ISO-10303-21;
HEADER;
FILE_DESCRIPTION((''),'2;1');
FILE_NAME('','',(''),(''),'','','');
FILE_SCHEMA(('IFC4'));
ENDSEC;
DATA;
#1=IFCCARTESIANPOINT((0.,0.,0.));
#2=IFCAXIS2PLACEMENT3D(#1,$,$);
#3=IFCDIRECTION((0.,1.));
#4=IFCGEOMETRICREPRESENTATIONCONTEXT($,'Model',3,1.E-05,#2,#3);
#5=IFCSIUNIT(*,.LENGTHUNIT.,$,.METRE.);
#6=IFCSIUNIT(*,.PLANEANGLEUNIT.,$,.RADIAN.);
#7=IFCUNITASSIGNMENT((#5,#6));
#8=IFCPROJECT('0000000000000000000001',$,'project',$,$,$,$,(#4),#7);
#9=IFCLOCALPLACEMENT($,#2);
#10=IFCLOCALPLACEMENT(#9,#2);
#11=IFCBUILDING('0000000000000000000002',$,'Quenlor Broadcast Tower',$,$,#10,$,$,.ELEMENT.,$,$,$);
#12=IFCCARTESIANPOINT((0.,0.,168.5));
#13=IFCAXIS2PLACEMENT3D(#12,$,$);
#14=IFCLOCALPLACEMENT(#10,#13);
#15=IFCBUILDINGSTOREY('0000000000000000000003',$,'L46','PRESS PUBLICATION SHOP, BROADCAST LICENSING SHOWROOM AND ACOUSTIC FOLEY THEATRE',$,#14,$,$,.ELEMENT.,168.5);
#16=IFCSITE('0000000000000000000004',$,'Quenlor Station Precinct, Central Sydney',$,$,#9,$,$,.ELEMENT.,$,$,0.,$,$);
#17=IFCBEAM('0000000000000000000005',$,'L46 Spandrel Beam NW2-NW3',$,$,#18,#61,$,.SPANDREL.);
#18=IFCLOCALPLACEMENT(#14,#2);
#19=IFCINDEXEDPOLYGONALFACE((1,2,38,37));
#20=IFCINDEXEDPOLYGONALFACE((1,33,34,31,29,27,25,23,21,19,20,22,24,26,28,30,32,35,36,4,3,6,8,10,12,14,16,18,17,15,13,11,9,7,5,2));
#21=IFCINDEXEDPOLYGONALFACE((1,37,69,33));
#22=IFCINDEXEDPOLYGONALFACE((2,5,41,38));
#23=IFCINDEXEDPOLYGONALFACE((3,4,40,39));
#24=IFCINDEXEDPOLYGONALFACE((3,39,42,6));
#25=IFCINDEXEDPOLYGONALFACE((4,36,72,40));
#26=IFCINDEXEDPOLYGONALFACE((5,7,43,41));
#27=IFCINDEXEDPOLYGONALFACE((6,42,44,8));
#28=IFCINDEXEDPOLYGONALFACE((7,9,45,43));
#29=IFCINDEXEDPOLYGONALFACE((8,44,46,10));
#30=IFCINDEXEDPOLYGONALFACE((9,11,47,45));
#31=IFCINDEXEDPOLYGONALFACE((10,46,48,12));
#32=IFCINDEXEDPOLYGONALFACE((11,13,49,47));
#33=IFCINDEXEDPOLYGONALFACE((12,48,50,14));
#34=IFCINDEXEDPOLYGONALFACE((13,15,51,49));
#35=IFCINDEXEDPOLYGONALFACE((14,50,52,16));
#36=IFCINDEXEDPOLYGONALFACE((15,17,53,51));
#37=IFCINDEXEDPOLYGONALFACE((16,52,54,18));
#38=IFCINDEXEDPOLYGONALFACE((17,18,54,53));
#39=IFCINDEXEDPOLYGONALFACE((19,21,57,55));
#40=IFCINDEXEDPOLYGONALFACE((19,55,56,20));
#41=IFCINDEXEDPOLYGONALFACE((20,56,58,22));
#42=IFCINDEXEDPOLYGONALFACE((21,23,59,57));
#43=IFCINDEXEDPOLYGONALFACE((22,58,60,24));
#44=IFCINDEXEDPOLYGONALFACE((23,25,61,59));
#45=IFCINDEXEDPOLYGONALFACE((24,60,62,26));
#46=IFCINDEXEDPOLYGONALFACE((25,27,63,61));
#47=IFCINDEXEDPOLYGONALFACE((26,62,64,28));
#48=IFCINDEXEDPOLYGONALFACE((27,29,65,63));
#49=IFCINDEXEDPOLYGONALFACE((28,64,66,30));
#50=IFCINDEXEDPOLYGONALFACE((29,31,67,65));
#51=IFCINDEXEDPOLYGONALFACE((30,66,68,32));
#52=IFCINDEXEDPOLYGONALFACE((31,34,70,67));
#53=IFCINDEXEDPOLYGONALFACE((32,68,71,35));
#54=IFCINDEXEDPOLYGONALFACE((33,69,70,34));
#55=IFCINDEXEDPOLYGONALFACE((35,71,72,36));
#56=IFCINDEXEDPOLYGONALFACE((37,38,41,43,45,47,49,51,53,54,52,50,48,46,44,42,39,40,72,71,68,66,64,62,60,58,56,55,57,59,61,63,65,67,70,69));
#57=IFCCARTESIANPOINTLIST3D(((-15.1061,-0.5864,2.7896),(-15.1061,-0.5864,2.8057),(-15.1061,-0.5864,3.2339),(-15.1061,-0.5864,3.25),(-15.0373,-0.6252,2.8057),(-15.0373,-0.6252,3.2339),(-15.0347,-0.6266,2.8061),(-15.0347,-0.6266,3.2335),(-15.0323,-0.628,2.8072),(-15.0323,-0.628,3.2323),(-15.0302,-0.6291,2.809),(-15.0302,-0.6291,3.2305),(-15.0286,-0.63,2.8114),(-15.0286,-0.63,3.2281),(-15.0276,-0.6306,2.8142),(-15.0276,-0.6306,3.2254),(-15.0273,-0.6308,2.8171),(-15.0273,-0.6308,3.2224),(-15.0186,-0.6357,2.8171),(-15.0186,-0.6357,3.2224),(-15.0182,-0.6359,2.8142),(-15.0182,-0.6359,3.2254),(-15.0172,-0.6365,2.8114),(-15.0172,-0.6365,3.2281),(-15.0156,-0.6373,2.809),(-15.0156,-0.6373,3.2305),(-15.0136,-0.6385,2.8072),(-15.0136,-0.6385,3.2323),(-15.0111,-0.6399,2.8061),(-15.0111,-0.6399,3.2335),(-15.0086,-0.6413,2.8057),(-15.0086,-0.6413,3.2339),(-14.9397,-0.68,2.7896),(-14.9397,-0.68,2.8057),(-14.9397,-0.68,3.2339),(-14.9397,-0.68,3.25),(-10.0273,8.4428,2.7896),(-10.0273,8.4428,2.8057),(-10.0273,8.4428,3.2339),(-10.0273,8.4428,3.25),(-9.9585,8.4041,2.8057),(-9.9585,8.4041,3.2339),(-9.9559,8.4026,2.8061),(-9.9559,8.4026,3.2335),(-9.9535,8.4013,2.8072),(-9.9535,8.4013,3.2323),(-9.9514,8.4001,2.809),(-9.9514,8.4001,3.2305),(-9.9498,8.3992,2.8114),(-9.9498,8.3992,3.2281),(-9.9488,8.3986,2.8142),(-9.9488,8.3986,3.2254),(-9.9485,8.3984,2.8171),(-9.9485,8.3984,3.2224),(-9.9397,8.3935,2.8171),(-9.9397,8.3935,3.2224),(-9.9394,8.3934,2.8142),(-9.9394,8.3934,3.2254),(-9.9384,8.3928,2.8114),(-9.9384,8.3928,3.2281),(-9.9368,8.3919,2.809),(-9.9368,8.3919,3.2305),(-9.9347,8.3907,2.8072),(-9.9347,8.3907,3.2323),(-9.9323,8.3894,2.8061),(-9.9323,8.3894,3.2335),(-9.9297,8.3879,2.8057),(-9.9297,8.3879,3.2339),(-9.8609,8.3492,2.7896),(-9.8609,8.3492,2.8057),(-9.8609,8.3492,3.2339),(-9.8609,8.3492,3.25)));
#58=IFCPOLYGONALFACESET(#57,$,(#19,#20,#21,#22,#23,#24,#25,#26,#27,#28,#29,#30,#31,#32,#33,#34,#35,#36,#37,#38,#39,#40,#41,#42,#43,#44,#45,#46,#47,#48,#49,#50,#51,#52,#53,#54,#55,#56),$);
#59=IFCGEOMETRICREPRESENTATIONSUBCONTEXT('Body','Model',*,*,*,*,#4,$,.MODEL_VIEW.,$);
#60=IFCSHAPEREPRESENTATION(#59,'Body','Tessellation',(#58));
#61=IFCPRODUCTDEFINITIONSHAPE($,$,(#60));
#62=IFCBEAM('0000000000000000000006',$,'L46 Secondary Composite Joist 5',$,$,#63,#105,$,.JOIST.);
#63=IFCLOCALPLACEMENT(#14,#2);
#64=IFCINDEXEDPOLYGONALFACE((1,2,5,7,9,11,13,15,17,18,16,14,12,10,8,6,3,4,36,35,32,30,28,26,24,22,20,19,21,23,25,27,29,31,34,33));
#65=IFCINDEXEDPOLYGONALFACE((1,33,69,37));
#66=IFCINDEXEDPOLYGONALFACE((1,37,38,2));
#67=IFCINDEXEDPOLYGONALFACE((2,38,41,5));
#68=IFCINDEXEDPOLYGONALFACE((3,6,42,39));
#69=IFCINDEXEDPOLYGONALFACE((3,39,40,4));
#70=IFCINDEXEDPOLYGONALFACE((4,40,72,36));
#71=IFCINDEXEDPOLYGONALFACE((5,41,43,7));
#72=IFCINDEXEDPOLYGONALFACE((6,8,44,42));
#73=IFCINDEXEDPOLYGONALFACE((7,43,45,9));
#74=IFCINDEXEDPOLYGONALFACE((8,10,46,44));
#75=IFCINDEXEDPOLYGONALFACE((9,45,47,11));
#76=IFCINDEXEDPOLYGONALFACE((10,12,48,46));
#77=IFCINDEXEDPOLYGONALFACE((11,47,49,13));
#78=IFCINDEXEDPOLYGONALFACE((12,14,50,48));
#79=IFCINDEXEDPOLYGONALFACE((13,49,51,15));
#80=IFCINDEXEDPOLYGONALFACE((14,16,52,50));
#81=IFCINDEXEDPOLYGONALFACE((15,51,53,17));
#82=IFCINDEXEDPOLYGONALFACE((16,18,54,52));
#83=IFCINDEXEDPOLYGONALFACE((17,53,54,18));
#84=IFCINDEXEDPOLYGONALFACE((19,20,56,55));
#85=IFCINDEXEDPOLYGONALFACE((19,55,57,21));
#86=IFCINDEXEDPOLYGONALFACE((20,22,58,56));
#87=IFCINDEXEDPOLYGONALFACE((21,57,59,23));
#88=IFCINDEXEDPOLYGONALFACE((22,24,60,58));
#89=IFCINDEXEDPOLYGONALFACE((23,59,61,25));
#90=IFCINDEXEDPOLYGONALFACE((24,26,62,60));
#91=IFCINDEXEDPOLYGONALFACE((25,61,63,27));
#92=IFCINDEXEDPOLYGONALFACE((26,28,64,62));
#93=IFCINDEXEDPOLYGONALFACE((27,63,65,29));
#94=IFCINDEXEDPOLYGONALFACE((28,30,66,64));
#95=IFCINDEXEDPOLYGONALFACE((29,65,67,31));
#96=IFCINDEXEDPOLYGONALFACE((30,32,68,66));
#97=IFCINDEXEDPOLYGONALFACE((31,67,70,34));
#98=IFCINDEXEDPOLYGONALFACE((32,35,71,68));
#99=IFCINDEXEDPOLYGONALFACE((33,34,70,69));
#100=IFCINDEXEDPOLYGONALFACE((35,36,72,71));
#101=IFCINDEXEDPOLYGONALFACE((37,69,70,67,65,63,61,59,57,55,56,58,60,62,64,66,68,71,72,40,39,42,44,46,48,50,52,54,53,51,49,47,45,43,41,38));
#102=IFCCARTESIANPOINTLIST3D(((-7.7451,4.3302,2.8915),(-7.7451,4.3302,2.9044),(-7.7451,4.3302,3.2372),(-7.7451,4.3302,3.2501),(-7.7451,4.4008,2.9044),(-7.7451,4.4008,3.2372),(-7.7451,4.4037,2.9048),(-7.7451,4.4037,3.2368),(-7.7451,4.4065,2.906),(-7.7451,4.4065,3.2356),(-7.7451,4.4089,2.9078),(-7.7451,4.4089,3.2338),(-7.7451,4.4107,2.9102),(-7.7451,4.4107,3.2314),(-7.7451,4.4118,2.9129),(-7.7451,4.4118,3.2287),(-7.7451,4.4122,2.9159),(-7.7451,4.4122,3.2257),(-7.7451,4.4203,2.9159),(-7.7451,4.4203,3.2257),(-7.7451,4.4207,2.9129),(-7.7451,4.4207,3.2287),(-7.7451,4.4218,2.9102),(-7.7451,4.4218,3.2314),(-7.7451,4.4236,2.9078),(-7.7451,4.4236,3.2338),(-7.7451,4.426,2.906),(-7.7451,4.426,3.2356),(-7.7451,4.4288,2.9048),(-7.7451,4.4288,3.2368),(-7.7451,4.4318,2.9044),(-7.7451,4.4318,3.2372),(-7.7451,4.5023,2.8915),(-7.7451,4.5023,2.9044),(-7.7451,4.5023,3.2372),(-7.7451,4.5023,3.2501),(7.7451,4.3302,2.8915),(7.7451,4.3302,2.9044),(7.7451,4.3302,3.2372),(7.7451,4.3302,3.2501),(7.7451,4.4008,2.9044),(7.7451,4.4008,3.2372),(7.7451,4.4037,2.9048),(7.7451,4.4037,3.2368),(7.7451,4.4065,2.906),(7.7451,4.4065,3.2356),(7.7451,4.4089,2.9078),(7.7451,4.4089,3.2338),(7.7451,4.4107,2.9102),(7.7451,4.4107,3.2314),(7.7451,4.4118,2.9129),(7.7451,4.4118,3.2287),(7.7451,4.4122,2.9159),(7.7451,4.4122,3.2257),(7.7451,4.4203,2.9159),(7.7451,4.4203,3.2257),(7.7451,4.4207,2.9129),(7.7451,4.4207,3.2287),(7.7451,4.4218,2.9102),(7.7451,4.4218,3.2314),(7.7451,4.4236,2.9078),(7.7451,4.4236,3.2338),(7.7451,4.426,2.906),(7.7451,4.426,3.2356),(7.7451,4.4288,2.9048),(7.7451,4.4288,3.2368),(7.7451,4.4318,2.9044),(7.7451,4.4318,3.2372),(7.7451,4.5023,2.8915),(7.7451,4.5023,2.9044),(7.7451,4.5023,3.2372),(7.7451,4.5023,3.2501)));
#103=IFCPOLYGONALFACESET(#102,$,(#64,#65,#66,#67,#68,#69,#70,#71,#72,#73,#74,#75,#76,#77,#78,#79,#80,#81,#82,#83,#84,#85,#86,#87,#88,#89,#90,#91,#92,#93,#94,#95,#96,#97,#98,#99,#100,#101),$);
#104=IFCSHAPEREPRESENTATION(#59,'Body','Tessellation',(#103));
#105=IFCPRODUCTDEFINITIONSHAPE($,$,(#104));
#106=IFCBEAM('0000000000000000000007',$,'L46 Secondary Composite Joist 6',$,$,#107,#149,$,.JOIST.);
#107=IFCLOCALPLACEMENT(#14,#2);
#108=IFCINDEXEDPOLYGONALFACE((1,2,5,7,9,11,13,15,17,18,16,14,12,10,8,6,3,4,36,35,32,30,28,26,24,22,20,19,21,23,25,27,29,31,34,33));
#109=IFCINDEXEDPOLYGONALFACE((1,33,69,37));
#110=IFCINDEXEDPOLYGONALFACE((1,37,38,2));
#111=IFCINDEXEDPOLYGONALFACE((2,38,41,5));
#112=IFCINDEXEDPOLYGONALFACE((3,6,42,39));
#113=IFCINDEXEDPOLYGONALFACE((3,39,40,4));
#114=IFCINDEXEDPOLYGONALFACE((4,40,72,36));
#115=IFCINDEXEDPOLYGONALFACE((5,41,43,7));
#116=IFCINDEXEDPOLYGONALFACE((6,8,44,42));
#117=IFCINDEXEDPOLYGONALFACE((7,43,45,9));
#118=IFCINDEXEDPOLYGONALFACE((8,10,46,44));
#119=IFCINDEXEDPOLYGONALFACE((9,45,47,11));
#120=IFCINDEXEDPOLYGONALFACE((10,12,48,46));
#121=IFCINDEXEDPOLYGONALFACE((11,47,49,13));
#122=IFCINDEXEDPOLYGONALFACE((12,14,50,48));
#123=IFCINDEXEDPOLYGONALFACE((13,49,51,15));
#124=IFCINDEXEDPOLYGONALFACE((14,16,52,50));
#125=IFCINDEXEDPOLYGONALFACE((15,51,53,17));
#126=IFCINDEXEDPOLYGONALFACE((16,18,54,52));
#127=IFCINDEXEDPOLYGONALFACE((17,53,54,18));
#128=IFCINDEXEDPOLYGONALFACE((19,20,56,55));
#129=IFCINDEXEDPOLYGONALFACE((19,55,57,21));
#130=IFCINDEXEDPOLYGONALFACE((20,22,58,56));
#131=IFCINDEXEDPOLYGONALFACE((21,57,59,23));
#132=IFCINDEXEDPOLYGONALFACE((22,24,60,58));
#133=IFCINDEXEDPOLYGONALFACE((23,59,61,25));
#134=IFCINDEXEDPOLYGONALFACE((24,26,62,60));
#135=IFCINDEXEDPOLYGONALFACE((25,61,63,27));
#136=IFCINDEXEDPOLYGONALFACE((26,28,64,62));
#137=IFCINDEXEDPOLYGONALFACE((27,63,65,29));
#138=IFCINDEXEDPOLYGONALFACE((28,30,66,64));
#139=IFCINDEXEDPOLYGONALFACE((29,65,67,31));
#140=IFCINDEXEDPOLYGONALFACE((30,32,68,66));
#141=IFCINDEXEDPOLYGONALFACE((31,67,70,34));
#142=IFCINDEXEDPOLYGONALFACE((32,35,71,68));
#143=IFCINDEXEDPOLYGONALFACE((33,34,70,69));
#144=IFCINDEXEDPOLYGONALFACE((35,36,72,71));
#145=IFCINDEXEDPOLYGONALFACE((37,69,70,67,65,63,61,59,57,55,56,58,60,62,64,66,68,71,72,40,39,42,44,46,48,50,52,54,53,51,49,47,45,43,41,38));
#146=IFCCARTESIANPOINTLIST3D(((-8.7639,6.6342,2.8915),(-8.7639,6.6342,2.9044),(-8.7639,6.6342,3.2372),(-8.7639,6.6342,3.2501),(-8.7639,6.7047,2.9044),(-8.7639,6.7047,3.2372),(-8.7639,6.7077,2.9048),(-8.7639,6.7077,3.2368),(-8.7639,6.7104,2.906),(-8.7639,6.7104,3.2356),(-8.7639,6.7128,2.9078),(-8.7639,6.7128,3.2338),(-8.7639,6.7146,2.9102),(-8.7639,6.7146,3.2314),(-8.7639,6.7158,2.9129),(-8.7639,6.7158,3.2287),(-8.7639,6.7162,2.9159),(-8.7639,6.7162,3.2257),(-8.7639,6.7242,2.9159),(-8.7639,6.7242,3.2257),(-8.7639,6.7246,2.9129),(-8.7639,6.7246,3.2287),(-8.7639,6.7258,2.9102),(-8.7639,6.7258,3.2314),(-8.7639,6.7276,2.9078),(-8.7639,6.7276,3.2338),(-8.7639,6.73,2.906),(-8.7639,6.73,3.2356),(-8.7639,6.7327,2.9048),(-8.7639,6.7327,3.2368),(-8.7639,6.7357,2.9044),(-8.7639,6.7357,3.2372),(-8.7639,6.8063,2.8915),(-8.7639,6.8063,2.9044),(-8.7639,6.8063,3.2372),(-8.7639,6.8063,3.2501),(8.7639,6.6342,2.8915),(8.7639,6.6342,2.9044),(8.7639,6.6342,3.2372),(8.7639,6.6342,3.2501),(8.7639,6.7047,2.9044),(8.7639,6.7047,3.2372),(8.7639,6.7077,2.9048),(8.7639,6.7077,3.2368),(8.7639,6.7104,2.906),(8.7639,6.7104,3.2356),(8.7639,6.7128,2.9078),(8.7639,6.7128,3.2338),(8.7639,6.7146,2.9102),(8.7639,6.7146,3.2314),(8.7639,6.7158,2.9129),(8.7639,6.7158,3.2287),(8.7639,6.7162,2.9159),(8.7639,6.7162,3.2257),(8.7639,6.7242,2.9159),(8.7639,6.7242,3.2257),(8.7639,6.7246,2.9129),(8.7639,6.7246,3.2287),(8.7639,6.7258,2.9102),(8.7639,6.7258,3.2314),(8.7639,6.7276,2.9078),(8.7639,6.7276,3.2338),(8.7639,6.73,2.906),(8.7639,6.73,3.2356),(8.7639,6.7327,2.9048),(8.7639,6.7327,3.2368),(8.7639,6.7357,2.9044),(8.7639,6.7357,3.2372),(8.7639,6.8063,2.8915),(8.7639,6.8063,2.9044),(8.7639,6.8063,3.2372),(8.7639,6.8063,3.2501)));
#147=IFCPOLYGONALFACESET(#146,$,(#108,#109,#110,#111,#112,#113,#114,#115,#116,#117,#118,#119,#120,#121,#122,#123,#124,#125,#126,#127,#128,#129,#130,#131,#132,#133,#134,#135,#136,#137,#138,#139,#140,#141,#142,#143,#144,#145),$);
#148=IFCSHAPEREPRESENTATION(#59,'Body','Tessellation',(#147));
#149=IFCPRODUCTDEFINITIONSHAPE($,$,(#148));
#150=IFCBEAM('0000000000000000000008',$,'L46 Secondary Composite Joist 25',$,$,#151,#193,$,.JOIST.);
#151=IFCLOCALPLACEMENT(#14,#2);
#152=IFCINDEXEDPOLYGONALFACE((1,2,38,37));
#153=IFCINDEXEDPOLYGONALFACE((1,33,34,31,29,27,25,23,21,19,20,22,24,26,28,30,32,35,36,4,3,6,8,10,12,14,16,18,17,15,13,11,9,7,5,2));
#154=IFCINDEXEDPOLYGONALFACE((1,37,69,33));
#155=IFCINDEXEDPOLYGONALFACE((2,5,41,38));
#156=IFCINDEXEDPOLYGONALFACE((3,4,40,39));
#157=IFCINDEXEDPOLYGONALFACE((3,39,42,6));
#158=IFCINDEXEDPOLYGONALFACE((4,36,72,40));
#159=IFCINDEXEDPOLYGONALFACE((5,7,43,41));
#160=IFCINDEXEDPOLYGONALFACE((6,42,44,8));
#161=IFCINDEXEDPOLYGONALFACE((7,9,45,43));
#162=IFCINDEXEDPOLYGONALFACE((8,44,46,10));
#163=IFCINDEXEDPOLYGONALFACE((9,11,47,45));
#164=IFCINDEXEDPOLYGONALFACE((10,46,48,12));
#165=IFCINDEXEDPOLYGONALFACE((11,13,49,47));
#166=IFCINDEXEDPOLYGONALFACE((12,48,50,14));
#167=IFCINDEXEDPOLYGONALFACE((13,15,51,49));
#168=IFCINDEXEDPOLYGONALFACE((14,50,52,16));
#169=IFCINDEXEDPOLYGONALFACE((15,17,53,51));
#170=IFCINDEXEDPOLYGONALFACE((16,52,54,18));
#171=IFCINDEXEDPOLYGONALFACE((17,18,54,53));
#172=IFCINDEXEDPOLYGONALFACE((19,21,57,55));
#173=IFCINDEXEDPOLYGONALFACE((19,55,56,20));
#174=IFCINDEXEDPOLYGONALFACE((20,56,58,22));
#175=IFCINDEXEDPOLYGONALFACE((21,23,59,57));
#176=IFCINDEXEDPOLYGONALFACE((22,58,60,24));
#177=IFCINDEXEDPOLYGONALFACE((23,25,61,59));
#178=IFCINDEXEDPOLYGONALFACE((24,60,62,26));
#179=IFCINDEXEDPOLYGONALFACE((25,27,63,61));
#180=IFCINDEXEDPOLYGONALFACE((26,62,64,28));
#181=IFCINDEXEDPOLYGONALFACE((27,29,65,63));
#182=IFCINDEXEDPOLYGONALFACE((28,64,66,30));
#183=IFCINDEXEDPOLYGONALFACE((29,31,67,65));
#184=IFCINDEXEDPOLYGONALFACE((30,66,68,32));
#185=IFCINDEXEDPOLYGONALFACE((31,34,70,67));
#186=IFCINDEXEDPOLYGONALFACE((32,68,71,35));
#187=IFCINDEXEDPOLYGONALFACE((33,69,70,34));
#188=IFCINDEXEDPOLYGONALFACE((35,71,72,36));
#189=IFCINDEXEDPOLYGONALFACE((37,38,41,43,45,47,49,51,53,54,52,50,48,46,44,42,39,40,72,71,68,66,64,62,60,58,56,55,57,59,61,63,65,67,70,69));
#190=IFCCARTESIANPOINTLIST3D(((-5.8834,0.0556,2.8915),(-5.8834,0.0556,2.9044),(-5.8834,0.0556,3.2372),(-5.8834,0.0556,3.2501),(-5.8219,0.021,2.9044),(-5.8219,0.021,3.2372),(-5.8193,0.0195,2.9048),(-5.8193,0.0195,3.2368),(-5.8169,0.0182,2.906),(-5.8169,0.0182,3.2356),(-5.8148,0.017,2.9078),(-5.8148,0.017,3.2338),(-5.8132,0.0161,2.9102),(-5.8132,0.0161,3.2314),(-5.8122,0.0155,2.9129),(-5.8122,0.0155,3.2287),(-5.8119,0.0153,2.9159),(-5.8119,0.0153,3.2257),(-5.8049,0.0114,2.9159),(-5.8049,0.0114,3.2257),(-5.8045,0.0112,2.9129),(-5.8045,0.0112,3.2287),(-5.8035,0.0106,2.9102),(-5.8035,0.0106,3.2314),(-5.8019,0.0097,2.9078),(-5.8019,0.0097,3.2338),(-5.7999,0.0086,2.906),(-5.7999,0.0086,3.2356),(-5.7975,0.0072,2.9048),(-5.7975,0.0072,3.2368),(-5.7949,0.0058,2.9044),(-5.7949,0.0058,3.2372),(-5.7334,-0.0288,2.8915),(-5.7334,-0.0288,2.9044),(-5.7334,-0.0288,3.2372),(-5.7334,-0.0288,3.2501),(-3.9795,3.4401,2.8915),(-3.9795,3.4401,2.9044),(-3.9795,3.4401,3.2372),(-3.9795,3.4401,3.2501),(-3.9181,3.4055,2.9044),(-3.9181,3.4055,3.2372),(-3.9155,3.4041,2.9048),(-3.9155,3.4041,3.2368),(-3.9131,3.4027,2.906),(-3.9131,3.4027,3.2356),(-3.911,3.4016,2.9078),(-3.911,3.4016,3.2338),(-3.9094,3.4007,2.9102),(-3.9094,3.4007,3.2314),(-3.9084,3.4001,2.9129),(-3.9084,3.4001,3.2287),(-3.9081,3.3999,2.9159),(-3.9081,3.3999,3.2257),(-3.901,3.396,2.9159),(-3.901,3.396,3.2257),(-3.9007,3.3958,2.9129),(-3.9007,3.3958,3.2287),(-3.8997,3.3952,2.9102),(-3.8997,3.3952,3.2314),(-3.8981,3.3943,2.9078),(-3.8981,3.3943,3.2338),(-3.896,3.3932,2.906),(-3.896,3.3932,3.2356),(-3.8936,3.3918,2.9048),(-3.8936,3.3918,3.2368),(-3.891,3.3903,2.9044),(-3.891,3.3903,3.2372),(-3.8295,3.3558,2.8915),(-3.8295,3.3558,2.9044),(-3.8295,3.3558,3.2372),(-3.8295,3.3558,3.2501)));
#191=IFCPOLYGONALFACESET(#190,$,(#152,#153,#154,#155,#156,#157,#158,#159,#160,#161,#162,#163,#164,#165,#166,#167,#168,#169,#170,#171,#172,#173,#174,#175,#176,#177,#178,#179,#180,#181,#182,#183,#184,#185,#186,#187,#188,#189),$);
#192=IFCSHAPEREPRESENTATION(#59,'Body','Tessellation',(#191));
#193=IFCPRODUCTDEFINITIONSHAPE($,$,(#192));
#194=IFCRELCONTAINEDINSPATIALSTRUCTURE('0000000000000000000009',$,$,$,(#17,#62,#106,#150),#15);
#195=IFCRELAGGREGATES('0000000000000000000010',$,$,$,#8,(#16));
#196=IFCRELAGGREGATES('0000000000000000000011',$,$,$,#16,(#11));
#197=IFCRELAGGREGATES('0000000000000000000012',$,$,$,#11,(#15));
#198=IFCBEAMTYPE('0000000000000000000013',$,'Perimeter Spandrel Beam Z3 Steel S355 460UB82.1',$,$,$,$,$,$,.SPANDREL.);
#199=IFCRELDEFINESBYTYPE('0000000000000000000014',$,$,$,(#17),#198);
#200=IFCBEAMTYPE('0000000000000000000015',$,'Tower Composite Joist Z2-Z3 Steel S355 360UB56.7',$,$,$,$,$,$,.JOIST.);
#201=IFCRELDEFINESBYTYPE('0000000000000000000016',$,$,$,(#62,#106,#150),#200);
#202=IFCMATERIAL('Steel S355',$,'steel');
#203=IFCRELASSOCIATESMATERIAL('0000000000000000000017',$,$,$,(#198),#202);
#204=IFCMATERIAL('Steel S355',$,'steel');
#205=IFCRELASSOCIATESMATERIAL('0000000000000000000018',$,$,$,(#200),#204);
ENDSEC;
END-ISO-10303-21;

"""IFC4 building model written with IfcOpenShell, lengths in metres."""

from ifc_helpers import new_model, si_unit, direction, frame, origin, origin_2d, place, context, subcontext, project, spatial, i_section, extrude, material, material_profile, profile_set, type_object, element, save


model = new_model("IFC4")

# Units and contexts
model_context = context("Model", 3, precision=1e-05, world=origin(), true_north=direction((0.0, 1.0)))
body_context = subcontext(model_context, "Body", "Model", "MODEL_VIEW")
ifc_project = project(units=[si_unit("LENGTHUNIT", "METRE"), si_unit("PLANEANGLEUNIT", "RADIAN")], contexts=[model_context])

# Site, building, storey
site_placement = place(None, origin())
site = spatial("IfcSite", under=ifc_project, at=site_placement, Name="Quenlor Station Precinct, Central Sydney", CompositionType="ELEMENT", RefElevation=0.0)
building_placement = place(site_placement, origin())
building = spatial("IfcBuilding", under=site, at=building_placement, Name="Quenlor Broadcast Tower", CompositionType="ELEMENT")
storey_placement = place(building_placement, frame((0.0, 0.0, 168.5)))
storey = spatial("IfcBuildingStorey", under=building, at=storey_placement, Name="L46", Description="PRESS PUBLICATION SHOP, BROADCAST LICENSING SHOWROOM AND ACOUSTIC FOLEY THEATRE", CompositionType="ELEMENT", Elevation=168.5)

# Beams
ifc_material_1 = material(Name="Steel S355", Category="steel")
ifc_material_profile_1 = material_profile(ifc_material_1, i_section(OverallWidth=0.1909, OverallDepth=0.4604, WebThickness=0.01, FlangeThickness=0.0161, FilletRadius=0.0115, at=origin_2d()))
ifc_profile_set_1 = profile_set([ifc_material_profile_1], Name="Steel S355 460UB82.1")
beam_type_1 = type_object("IfcBeamType", Name="Perimeter Spandrel Beam Z3 Steel S355 460UB82.1", PredefinedType="SPANDREL", material=ifc_profile_set_1)
beam_1_placement = place(storey_placement, frame((-9.9441, 8.396, 3.0198), z_axis=(-0.490252, -0.871581, 0.0), x_axis=(0.871581, -0.490252, 0.0)))
element("IfcBeam", 1, at=beam_1_placement, inside=storey, type_object=beam_type_1, Name="L46 Spandrel Beam NW2-NW3", PredefinedType="SPANDREL", context=body_context, shape_type="SweptSolid", body=[
    extrude(i_section(OverallWidth=0.1909, OverallDepth=0.4604, WebThickness=0.01, FlangeThickness=0.0161, FilletRadius=0.0115, at=origin_2d()), origin(), (0.0, 0.0, 1.0), 10.3596),
])
ifc_material_2 = material(Name="Steel S355", Category="steel")
ifc_material_profile_2 = material_profile(ifc_material_2, i_section(OverallWidth=0.1721, OverallDepth=0.3586, WebThickness=0.0081, FlangeThickness=0.0129, FilletRadius=0.0115, at=origin_2d()))
ifc_profile_set_2 = profile_set([ifc_material_profile_2], Name="Steel S355 360UB56.7")
beam_type_2 = type_object("IfcBeamType", Name="Tower Composite Joist Z2-Z3 Steel S355 360UB56.7", PredefinedType="JOIST", material=ifc_profile_set_2)
beam_2_placement = place(storey_placement, frame((-7.7451, 4.4163, 3.0708), z_axis=(1.0, 0.0, 0.0), x_axis=(0.0, 1.0, 0.0)))
element("IfcBeam", 2, at=beam_2_placement, inside=storey, type_object=beam_type_2, Name="L46 Secondary Composite Joist 5", PredefinedType="JOIST", context=body_context, shape_type="SweptSolid", body=[
    extrude(i_section(OverallWidth=0.1721, OverallDepth=0.3586, WebThickness=0.0081, FlangeThickness=0.0129, FilletRadius=0.0115, at=origin_2d()), origin(), (0.0, 0.0, 1.0), 15.4902),
])
beam_3_placement = place(storey_placement, frame((-8.7639, 6.7202, 3.0708), z_axis=(1.0, 0.0, 0.0), x_axis=(0.0, 1.0, 0.0)))
element("IfcBeam", 3, at=beam_3_placement, inside=storey, type_object=beam_type_2, Name="L46 Secondary Composite Joist 6", PredefinedType="JOIST", context=body_context, shape_type="SweptSolid", body=[
    extrude(i_section(OverallWidth=0.1721, OverallDepth=0.3586, WebThickness=0.0081, FlangeThickness=0.0129, FilletRadius=0.0115, at=origin_2d()), origin(), (0.0, 0.0, 1.0), 17.5278),
])
beam_4_placement = place(storey_placement, frame((-3.9045, 3.3979, 3.0708), z_axis=(-0.490264, -0.871574, 0.0), x_axis=(0.871574, -0.490264, 0.0)))
element("IfcBeam", 4, at=beam_4_placement, inside=storey, type_object=beam_type_2, Name="L46 Secondary Composite Joist 25", PredefinedType="JOIST", context=body_context, shape_type="SweptSolid", body=[
    extrude(i_section(OverallWidth=0.1721, OverallDepth=0.3586, WebThickness=0.0081, FlangeThickness=0.0129, FilletRadius=0.0115, at=origin_2d()), origin(), (0.0, 0.0, 1.0), 3.8833),
])

save(model, "model.ifc")
